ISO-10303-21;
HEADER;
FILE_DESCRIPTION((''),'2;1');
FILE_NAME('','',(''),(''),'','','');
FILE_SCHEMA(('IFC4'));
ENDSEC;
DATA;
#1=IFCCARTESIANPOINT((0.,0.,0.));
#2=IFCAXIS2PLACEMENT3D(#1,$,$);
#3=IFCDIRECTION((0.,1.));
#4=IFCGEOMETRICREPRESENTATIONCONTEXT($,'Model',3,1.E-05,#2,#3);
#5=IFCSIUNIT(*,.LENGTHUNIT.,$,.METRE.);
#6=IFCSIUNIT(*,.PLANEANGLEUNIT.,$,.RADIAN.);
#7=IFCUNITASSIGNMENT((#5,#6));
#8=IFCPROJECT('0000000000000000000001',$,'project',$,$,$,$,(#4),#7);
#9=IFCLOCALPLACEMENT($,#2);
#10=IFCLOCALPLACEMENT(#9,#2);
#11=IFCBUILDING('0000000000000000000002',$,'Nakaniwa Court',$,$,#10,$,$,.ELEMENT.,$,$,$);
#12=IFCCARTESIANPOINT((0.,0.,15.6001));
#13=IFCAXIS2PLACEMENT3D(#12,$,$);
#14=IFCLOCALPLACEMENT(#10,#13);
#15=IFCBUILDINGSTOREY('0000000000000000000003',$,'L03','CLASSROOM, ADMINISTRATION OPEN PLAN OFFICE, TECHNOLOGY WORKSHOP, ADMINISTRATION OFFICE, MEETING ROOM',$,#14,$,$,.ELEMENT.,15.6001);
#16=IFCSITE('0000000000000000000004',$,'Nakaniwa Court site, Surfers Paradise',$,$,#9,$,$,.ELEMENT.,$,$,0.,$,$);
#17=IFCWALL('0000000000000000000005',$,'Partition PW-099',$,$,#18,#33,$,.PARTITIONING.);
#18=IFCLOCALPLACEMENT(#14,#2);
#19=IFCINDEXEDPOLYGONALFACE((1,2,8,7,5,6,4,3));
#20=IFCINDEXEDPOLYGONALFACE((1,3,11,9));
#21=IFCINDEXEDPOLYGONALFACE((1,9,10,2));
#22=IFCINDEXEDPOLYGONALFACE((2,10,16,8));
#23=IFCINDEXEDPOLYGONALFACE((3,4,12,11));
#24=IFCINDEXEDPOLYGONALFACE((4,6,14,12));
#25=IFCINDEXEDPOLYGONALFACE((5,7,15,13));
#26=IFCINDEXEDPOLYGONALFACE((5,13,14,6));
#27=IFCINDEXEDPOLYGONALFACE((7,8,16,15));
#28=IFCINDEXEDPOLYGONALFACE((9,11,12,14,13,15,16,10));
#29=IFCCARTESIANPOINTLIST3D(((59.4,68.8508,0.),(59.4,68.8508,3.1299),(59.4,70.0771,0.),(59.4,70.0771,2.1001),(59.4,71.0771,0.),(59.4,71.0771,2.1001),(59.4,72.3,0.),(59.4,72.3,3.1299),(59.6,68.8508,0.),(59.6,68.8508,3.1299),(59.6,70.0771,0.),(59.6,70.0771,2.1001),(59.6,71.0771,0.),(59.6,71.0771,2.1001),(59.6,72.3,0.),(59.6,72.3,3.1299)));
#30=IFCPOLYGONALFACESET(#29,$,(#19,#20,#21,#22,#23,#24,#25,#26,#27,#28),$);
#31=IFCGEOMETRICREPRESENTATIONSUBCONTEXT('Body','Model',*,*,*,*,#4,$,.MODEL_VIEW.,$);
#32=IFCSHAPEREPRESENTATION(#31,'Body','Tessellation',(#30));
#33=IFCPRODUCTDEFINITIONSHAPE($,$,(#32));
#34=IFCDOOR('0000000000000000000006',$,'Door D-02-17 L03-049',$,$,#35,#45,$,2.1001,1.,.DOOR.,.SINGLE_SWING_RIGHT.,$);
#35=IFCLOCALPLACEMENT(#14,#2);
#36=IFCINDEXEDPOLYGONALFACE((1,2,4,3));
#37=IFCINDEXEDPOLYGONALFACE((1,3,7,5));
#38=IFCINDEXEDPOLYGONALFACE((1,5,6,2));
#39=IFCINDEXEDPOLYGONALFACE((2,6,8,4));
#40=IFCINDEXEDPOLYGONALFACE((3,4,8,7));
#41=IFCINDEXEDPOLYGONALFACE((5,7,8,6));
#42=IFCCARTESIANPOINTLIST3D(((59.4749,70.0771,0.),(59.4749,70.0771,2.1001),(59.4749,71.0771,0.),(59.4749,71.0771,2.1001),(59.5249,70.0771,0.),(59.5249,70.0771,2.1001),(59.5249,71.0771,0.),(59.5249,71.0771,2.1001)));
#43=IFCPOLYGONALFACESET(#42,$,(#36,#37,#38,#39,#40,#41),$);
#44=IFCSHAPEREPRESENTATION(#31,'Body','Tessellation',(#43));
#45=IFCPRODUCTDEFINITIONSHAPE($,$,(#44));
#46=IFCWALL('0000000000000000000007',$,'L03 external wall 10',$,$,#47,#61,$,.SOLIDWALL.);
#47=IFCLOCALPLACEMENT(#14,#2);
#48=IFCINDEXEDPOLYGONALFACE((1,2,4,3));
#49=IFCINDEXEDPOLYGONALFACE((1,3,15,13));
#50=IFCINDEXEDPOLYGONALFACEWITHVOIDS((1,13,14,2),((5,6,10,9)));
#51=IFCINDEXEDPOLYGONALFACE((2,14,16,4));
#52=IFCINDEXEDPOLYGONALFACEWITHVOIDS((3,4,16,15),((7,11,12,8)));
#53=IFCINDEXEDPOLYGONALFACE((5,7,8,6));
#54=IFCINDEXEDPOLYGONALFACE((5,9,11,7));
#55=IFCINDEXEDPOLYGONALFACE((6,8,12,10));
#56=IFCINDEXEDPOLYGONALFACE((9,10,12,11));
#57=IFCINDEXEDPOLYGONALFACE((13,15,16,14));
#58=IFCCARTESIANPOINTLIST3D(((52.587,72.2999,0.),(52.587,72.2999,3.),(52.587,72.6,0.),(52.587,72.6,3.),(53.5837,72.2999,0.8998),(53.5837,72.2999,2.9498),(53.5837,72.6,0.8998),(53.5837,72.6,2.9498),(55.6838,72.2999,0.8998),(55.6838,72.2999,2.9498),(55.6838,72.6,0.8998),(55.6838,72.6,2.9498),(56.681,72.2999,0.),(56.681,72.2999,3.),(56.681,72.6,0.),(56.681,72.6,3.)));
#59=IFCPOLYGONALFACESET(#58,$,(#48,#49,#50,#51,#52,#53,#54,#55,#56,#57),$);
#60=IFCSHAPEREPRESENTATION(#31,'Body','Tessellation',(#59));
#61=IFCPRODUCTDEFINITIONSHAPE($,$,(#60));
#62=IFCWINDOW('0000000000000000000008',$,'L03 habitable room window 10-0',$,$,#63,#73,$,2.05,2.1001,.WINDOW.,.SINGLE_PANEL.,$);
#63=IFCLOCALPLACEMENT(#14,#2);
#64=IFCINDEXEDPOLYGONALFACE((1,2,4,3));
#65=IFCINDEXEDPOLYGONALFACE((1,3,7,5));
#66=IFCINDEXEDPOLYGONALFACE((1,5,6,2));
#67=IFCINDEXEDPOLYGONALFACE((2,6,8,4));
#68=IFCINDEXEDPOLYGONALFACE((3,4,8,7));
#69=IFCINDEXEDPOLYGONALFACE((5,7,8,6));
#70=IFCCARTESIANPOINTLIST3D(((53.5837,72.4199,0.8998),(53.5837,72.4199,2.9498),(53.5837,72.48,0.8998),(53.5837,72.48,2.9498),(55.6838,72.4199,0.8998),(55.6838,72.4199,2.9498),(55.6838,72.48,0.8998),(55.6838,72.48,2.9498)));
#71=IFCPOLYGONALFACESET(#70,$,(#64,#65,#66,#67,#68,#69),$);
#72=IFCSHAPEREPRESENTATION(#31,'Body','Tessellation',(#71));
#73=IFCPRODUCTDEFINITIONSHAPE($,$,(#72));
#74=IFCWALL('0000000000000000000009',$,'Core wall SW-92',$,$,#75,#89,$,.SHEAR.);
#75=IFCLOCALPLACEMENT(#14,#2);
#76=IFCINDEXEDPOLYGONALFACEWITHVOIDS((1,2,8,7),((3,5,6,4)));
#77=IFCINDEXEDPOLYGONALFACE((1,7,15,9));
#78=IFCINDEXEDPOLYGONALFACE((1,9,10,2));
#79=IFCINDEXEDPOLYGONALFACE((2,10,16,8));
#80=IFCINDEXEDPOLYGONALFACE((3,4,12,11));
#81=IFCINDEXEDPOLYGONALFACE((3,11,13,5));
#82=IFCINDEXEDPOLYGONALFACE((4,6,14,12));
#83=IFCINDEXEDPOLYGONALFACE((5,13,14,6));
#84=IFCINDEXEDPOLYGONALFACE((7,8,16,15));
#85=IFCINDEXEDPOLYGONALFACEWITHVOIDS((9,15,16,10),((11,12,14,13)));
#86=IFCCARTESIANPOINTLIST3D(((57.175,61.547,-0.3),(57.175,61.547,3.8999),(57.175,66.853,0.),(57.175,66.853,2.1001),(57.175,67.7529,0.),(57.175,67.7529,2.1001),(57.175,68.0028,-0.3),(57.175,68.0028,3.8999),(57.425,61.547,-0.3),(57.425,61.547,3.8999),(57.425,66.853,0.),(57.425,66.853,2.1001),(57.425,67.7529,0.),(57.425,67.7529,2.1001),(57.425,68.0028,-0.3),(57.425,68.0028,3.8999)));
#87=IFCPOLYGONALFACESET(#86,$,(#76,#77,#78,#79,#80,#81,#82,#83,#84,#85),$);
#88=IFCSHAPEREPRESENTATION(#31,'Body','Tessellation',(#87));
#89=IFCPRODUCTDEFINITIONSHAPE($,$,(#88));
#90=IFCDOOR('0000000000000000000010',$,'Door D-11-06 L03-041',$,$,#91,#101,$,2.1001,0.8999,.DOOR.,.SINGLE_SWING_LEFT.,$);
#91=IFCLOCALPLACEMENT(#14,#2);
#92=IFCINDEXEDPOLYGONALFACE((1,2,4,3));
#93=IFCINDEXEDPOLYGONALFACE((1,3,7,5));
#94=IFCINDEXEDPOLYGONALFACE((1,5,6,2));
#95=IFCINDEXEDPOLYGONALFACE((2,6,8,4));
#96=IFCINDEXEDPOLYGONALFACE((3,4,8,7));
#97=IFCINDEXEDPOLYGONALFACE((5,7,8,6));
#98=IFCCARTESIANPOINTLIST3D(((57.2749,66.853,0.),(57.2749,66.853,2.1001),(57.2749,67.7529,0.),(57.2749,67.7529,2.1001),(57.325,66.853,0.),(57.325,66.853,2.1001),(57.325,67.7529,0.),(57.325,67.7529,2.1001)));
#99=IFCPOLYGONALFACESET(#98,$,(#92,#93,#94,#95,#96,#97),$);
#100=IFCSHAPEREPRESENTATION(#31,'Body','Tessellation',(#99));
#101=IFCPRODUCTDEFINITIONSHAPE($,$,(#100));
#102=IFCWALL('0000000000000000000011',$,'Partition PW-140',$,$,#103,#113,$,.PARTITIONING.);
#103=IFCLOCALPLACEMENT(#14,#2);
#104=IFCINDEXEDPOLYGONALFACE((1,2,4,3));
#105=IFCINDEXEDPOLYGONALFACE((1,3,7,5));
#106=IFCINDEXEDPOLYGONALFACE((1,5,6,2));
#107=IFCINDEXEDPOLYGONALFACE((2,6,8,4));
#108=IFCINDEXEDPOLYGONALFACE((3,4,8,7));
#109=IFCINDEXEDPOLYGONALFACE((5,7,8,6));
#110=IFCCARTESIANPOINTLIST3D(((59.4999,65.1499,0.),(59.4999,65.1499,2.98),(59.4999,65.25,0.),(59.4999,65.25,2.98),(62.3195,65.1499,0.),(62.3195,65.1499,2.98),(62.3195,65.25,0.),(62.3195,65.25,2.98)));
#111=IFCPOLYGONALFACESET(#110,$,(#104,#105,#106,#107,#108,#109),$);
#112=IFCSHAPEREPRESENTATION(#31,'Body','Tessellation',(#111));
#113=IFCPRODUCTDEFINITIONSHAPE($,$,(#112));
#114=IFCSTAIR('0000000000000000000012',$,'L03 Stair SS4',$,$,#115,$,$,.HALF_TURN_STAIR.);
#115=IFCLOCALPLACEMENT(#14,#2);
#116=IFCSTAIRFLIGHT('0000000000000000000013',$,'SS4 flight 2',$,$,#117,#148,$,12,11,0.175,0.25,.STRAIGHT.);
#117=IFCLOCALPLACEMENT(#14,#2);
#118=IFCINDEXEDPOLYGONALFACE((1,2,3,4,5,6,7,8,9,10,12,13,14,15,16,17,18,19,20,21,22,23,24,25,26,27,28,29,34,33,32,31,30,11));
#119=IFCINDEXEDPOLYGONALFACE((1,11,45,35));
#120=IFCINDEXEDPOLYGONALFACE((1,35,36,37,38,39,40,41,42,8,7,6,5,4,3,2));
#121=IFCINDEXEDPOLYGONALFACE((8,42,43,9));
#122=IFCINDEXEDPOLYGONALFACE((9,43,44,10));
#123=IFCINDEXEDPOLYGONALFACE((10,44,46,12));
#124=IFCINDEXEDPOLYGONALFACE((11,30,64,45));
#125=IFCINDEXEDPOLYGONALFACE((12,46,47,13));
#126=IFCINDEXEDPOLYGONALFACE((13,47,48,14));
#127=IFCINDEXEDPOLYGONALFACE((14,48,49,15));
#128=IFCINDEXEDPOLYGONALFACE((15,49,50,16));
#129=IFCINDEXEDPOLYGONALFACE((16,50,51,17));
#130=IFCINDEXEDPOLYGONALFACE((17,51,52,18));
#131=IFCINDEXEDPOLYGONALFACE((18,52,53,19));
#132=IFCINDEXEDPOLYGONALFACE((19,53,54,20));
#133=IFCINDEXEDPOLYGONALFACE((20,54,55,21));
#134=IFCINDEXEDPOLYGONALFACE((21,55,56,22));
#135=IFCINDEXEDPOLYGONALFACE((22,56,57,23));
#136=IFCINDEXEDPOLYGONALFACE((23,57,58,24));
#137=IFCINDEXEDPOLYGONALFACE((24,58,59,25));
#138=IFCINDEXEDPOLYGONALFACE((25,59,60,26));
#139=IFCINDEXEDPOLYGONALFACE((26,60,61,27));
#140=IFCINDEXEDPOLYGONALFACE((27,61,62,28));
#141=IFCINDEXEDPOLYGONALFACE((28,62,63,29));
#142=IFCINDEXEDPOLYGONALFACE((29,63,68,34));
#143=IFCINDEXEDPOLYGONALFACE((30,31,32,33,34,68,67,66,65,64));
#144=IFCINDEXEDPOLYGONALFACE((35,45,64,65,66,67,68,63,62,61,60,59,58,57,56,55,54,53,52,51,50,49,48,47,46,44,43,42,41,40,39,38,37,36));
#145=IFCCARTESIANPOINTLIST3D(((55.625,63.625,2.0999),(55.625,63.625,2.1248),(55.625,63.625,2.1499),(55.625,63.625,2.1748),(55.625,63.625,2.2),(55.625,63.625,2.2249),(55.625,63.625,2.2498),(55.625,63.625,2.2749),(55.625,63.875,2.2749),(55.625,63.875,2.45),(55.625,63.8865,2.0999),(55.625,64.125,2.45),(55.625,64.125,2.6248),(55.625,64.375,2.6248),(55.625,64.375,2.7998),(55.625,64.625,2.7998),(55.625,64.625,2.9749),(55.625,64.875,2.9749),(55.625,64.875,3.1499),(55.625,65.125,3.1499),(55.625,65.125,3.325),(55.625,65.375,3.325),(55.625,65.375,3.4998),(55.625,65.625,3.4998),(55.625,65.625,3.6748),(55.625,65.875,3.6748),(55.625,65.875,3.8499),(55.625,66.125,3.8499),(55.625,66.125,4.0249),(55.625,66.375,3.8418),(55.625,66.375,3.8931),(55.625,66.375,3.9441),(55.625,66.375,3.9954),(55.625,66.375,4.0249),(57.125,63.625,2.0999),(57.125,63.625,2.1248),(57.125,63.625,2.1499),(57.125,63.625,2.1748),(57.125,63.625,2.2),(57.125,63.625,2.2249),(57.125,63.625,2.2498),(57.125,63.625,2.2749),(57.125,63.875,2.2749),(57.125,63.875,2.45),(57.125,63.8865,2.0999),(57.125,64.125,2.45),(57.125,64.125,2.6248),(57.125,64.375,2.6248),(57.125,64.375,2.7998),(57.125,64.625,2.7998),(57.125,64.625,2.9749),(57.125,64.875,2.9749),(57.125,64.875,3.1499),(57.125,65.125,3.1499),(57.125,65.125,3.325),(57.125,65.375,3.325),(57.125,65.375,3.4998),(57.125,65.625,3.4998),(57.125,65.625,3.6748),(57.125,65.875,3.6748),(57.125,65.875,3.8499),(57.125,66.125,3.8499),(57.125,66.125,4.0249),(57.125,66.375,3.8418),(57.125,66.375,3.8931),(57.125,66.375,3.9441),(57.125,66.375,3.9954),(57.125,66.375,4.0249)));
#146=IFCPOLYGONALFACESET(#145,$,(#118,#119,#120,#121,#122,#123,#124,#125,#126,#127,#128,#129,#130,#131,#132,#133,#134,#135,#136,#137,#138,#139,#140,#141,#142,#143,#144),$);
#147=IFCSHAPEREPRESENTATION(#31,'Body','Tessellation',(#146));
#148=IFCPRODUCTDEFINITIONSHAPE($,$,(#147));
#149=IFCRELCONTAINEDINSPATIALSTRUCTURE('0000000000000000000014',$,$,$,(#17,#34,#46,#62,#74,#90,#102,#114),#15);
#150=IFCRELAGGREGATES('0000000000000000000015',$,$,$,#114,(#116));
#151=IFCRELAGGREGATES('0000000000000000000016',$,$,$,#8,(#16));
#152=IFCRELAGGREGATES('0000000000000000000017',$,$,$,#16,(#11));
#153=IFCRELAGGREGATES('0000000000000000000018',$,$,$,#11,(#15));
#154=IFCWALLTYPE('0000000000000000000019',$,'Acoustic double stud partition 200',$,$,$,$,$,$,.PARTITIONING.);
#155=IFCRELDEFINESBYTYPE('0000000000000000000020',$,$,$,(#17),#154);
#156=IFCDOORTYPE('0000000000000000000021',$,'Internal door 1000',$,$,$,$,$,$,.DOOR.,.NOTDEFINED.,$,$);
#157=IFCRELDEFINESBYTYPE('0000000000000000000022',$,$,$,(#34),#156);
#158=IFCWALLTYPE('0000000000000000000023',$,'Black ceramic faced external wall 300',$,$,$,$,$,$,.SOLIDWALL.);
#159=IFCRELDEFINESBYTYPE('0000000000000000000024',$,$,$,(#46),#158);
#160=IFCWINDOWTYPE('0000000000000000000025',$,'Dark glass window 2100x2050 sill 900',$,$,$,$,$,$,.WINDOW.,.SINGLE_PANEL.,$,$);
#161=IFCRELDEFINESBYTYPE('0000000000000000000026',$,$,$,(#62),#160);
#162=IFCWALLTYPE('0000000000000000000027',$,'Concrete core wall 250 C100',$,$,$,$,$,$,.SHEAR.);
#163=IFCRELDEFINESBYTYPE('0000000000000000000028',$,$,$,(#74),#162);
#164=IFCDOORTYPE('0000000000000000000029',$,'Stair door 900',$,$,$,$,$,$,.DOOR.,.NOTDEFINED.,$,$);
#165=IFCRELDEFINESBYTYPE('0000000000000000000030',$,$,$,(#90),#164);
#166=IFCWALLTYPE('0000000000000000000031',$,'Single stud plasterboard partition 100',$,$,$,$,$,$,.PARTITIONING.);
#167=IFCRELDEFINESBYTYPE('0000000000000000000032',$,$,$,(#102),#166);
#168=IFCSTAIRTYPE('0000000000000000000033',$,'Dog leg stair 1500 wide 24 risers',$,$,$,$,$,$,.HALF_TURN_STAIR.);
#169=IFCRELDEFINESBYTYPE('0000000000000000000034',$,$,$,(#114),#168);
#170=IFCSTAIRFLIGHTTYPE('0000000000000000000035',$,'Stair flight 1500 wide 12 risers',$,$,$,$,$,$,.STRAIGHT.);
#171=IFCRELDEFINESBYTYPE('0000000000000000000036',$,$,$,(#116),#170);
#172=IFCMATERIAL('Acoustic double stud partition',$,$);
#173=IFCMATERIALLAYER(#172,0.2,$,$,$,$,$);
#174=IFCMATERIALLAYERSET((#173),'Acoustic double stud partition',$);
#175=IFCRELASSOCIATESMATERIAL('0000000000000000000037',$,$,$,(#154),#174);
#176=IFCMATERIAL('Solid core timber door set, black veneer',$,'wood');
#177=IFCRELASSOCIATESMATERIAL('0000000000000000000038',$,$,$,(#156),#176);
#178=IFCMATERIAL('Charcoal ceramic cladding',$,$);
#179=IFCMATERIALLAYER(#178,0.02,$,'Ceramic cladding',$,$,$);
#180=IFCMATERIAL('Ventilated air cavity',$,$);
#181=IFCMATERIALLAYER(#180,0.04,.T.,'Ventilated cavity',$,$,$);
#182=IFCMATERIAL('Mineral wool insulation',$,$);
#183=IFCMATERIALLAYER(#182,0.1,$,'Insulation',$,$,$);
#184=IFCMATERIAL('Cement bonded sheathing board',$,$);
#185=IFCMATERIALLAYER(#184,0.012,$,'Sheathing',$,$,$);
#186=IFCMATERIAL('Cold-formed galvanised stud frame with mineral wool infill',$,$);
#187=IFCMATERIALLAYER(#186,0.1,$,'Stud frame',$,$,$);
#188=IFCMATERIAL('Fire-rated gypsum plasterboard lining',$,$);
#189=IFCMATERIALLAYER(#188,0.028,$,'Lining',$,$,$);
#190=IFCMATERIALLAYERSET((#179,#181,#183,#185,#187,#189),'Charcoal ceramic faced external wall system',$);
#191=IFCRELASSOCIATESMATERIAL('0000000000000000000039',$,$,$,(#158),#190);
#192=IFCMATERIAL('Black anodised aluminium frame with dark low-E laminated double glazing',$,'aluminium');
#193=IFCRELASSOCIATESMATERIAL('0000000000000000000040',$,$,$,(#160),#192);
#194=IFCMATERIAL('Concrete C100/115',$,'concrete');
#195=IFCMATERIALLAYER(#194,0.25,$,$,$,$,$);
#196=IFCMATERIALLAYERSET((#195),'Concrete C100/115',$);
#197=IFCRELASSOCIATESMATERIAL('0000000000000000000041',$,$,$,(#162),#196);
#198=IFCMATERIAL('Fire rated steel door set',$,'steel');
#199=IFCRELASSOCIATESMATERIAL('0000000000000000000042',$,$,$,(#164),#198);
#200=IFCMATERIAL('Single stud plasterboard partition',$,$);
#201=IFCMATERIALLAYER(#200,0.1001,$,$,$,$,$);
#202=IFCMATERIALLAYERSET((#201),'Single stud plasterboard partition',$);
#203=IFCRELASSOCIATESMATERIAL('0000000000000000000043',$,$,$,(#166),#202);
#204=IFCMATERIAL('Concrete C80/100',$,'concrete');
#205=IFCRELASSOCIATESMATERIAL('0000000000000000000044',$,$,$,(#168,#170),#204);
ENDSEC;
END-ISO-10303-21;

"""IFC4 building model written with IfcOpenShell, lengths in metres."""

from ifc_helpers import new_model, si_unit, direction, frame, frame_2d, origin, place, context, subcontext, project, spatial, polyline, rectangle, outline, extrude, material, layer, layer_set, type_object, element, fill, aggregate, save


model = new_model("IFC4")

# Units and contexts
model_context = context("Model", 3, precision=1e-05, world=origin(), true_north=direction((0.0, 1.0)))
body_context = subcontext(model_context, "Body", "Model", "MODEL_VIEW")
ifc_project = project(units=[si_unit("LENGTHUNIT", "METRE"), si_unit("PLANEANGLEUNIT", "RADIAN")], contexts=[model_context])

# Site, building, storey
site_placement = place(None, origin())
site = spatial("IfcSite", under=ifc_project, at=site_placement, Name="Nakaniwa Court site, Surfers Paradise", CompositionType="ELEMENT", RefElevation=0.0)
building_placement = place(site_placement, origin())
building = spatial("IfcBuilding", under=site, at=building_placement, Name="Nakaniwa Court", CompositionType="ELEMENT")
storey_placement = place(building_placement, frame((0.0, 0.0, 15.6001)))
storey = spatial("IfcBuildingStorey", under=building, at=storey_placement, Name="L03", Description="CLASSROOM, ADMINISTRATION OPEN PLAN OFFICE, TECHNOLOGY WORKSHOP, ADMINISTRATION OFFICE, MEETING ROOM", CompositionType="ELEMENT", Elevation=15.6001)

# Shared definitions
ifc_material_1 = material(Name="Concrete C100/115", Category="concrete")

# Shared definitions
ifc_material_2 = material(Name="Acoustic double stud partition")
ifc_layer_1 = layer(ifc_material_2, 0.2)
ifc_layer_set_1 = layer_set([ifc_layer_1], Name="Acoustic double stud partition")
wall_type_1 = type_object("IfcWallType", Name="Acoustic double stud partition 200", PredefinedType="PARTITIONING", material=ifc_layer_set_1)
ifc_material_3 = material(Name="Solid core timber door set, black veneer", Category="wood")
door_type_1 = type_object("IfcDoorType", Name="Internal door 1000", OperationType="NOTDEFINED", PredefinedType="DOOR", material=ifc_material_3)

# Wall, opening, door
wall_1_placement = place(storey_placement, frame((59.5, 72.3, 0.0), z_axis=(0.0, 0.0, 1.0), x_axis=(0.0, -1.0, 0.0)))
wall_1 = element("IfcWall", 1, at=wall_1_placement, inside=storey, type_object=wall_type_1, Name="Partition PW-099", PredefinedType="PARTITIONING", context=body_context, shape_type="SweptSolid", body=[
    extrude(rectangle(XDim=3.4492, YDim=0.2, at=frame_2d((1.7246, 0.0))), origin(), (0.0, 0.0, 1.0), 3.1299),
])
opening_1_placement = place(wall_1_placement, frame((1.2229, 0.0, 0.0)))
opening_1 = element("IfcOpeningElement", 2, at=opening_1_placement, cuts=wall_1, PredefinedType="OPENING", context=body_context, shape_type="SweptSolid", body=[
    extrude(rectangle(XDim=1.0, YDim=2.1001, at=frame_2d((0.5, 1.05))), frame((0.0, 0.1099, 0.0), z_axis=(0.0, -1.0, 0.0), x_axis=(1.0, 0.0, 0.0)), (0.0, 0.0, 1.0), 0.22),
])
door_1_placement = place(opening_1_placement, origin())
door_1 = element("IfcDoor", 3, at=door_1_placement, inside=storey, type_object=door_type_1, Name="Door D-02-17 L03-049", OperationType="SINGLE_SWING_RIGHT", OverallHeight=2.1001, OverallWidth=1.0, PredefinedType="DOOR", context=body_context, shape_type="SweptSolid", body=[
    extrude(rectangle(XDim=1.0, YDim=2.1001, at=frame_2d((0.5, 1.05))), frame((0.0, 0.0249, 0.0), z_axis=(0.0, -1.0, 0.0), x_axis=(1.0, 0.0, 0.0)), (0.0, 0.0, 1.0), 0.05),
])
fill(opening_1, door_1)

# Wall, opening, window
ifc_material_4 = material(Name="Charcoal ceramic cladding")
ifc_layer_2 = layer(ifc_material_4, 0.02, Name="Ceramic cladding")
ifc_material_5 = material(Name="Ventilated air cavity")
ifc_layer_3 = layer(ifc_material_5, 0.04, ventilated=True, Name="Ventilated cavity")
ifc_material_6 = material(Name="Mineral wool insulation")
ifc_layer_4 = layer(ifc_material_6, 0.1, Name="Insulation")
ifc_material_7 = material(Name="Cement bonded sheathing board")
ifc_layer_5 = layer(ifc_material_7, 0.012, Name="Sheathing")
ifc_material_8 = material(Name="Cold-formed galvanised stud frame with mineral wool infill")
ifc_layer_6 = layer(ifc_material_8, 0.1, Name="Stud frame")
ifc_material_9 = material(Name="Fire-rated gypsum plasterboard lining")
ifc_layer_7 = layer(ifc_material_9, 0.028, Name="Lining")
ifc_layer_set_2 = layer_set([ifc_layer_2, ifc_layer_3, ifc_layer_4, ifc_layer_5, ifc_layer_6, ifc_layer_7], Name="Charcoal ceramic faced external wall system")
wall_type_2 = type_object("IfcWallType", Name="Black ceramic faced external wall 300", PredefinedType="SOLIDWALL", material=ifc_layer_set_2)
wall_2_placement = place(storey_placement, frame((56.6809, 72.45, 0.0), z_axis=(0.0, 0.0, 1.0), x_axis=(-1.0, 0.0, 0.0)))
wall_2 = element("IfcWall", 4, at=wall_2_placement, inside=storey, type_object=wall_type_2, Name="L03 external wall 10", PredefinedType="SOLIDWALL", context=body_context, shape_type="SweptSolid", body=[
    extrude(rectangle(XDim=4.094, YDim=0.3, at=frame_2d((2.0469, 0.0))), origin(), (0.0, 0.0, 1.0), 3.0),
])
opening_2_placement = place(wall_2_placement, frame((0.9971, 0.0, 0.8999)))
opening_2 = element("IfcOpeningElement", 5, at=opening_2_placement, cuts=wall_2, PredefinedType="OPENING", context=body_context, shape_type="SweptSolid", body=[
    extrude(rectangle(XDim=2.1001, YDim=2.05, at=frame_2d((1.05, 1.0249))), frame((0.0, 0.1599, 0.0), z_axis=(0.0, -1.0, 0.0), x_axis=(1.0, 0.0, 0.0)), (0.0, 0.0, 1.0), 0.3201),
])
ifc_material_10 = material(Name="Black anodised aluminium frame with dark low-E laminated double glazing", Category="aluminium")
window_type = type_object("IfcWindowType", Name="Dark glass window 2100x2050 sill 900", PartitioningType="SINGLE_PANEL", PredefinedType="WINDOW", material=ifc_material_10)
window_placement = place(opening_2_placement, origin())
window = element("IfcWindow", 6, at=window_placement, inside=storey, type_object=window_type, Name="L03 habitable room window 10-0", OverallHeight=2.05, OverallWidth=2.1001, PartitioningType="SINGLE_PANEL", PredefinedType="WINDOW", context=body_context, shape_type="SweptSolid", body=[
    extrude(rectangle(XDim=2.1001, YDim=2.05, at=frame_2d((1.05, 1.0249))), frame((0.0, 0.03, 0.0), z_axis=(0.0, -1.0, 0.0), x_axis=(1.0, 0.0, 0.0)), (0.0, 0.0, 1.0), 0.0601),
])
fill(opening_2, window)

# Wall, opening, door
ifc_layer_8 = layer(ifc_material_1, 0.25)
ifc_layer_set_3 = layer_set([ifc_layer_8], Name="Concrete C100/115")
wall_type_3 = type_object("IfcWallType", Name="Concrete core wall 250 C100", PredefinedType="SHEAR", material=ifc_layer_set_3)
wall_3_placement = place(storey_placement, frame((57.3, 68.0029, -0.3), z_axis=(0.0, 0.0, 1.0), x_axis=(0.0, -1.0, 0.0)))
wall_3 = element("IfcWall", 7, at=wall_3_placement, inside=storey, type_object=wall_type_3, Name="Core wall SW-92", PredefinedType="SHEAR", context=body_context, shape_type="SweptSolid", body=[
    extrude(rectangle(XDim=6.4558, YDim=0.25, at=frame_2d((3.228, 0.0))), origin(), (0.0, 0.0, 1.0), 4.2),
])
opening_3_placement = place(wall_3_placement, frame((0.25, 0.0, 0.3)))
opening_3 = element("IfcOpeningElement", 8, at=opening_3_placement, cuts=wall_3, PredefinedType="OPENING", context=body_context, shape_type="SweptSolid", body=[
    extrude(rectangle(XDim=0.8999, YDim=2.1001, at=frame_2d((0.45, 1.05))), frame((0.0, 0.135, 0.0), z_axis=(0.0, -1.0, 0.0), x_axis=(1.0, 0.0, 0.0)), (0.0, 0.0, 1.0), 0.27),
])
ifc_material_11 = material(Name="Fire rated steel door set", Category="steel")
door_type_2 = type_object("IfcDoorType", Name="Stair door 900", OperationType="NOTDEFINED", PredefinedType="DOOR", material=ifc_material_11)
door_2_placement = place(opening_3_placement, origin())
door_2 = element("IfcDoor", 9, at=door_2_placement, inside=storey, type_object=door_type_2, Name="Door D-11-06 L03-041", OperationType="SINGLE_SWING_LEFT", OverallHeight=2.1001, OverallWidth=0.8999, PredefinedType="DOOR", context=body_context, shape_type="SweptSolid", body=[
    extrude(rectangle(XDim=0.8999, YDim=2.1001, at=frame_2d((0.45, 1.05))), frame((0.0, 0.0249, 0.0), z_axis=(0.0, -1.0, 0.0), x_axis=(1.0, 0.0, 0.0)), (0.0, 0.0, 1.0), 0.05),
])
fill(opening_3, door_2)

# Wall
ifc_material_12 = material(Name="Single stud plasterboard partition")
ifc_layer_9 = layer(ifc_material_12, 0.1001)
ifc_layer_set_4 = layer_set([ifc_layer_9], Name="Single stud plasterboard partition")
wall_type_4 = type_object("IfcWallType", Name="Single stud plasterboard partition 100", PredefinedType="PARTITIONING", material=ifc_layer_set_4)
wall_4_placement = place(storey_placement, frame((59.5, 65.2, 0.0), z_axis=(0.0, 0.0, 1.0), x_axis=(1.0, 0.0, 0.0)))
element("IfcWall", 10, at=wall_4_placement, inside=storey, type_object=wall_type_4, Name="Partition PW-140", PredefinedType="PARTITIONING", context=body_context, shape_type="SweptSolid", body=[
    extrude(rectangle(XDim=2.8196, YDim=0.1001, at=frame_2d((1.4097, 0.0))), origin(), (0.0, 0.0, 1.0), 2.98),
])

# Stair, stair flight
ifc_material_13 = material(Name="Concrete C80/100", Category="concrete")
stair_type = type_object("IfcStairType", Name="Dog leg stair 1500 wide 24 risers", PredefinedType="HALF_TURN_STAIR", material=ifc_material_13)
stair_placement = place(storey_placement, origin())
stair = element("IfcStair", 11, at=stair_placement, inside=storey, type_object=stair_type, Name="L03 Stair SS4", PredefinedType="HALF_TURN_STAIR")
stair_flight_type = type_object("IfcStairFlightType", Name="Stair flight 1500 wide 12 risers", PredefinedType="STRAIGHT", material=ifc_material_13)
stair_flight_placement = place(storey_placement, frame((56.375, 63.625, 2.0999), z_axis=(0.0, 0.0, 1.0), x_axis=(0.0, 1.0, 0.0)))
stair_flight = element("IfcStairFlight", 12, at=stair_flight_placement, type_object=stair_flight_type, Name="SS4 flight 2", NumberOfRisers=12, NumberOfTreads=11, PredefinedType="STRAIGHT", RiserHeight=0.175, TreadLength=0.25, context=body_context, shape_type="SweptSolid", body=[
    extrude(outline(polyline([(0.0, 0.0), (0.0, 0.0249), (0.0, 0.05), (0.0, 0.075), (0.0, 0.1001), (0.0, 0.125), (0.0, 0.1499), (0.0, 0.175), (0.25, 0.175), (0.25, 0.3501), (0.5, 0.3501), (0.5, 0.5249), (0.75, 0.5249), (0.75, 0.7), (1.0, 0.7), (1.0, 0.875), (1.25, 0.875), (1.25, 1.05), (1.5, 1.05), (1.5, 1.2251), (1.75, 1.2251), (1.75, 1.3999), (2.0, 1.3999), (2.0, 1.575), (2.25, 1.575), (2.25, 1.75), (2.5, 1.75), (2.5, 1.925), (2.75, 1.925), (2.75, 2.1001), (2.75, 2.0488), (2.75, 1.9978), (2.75, 1.9465), (2.75, 1.8955), (2.75, 1.8442), (2.75, 1.7932), (2.75, 1.7419), (0.2615, 0.0), (0.0, 0.0)])), frame((0.0, 0.75, 0.0), z_axis=(0.0, -1.0, 0.0), x_axis=(1.0, 0.0, 0.0)), (0.0, 0.0, 1.0), 1.5),
])
aggregate(stair, [stair_flight])

save(model, "model.ifc")
